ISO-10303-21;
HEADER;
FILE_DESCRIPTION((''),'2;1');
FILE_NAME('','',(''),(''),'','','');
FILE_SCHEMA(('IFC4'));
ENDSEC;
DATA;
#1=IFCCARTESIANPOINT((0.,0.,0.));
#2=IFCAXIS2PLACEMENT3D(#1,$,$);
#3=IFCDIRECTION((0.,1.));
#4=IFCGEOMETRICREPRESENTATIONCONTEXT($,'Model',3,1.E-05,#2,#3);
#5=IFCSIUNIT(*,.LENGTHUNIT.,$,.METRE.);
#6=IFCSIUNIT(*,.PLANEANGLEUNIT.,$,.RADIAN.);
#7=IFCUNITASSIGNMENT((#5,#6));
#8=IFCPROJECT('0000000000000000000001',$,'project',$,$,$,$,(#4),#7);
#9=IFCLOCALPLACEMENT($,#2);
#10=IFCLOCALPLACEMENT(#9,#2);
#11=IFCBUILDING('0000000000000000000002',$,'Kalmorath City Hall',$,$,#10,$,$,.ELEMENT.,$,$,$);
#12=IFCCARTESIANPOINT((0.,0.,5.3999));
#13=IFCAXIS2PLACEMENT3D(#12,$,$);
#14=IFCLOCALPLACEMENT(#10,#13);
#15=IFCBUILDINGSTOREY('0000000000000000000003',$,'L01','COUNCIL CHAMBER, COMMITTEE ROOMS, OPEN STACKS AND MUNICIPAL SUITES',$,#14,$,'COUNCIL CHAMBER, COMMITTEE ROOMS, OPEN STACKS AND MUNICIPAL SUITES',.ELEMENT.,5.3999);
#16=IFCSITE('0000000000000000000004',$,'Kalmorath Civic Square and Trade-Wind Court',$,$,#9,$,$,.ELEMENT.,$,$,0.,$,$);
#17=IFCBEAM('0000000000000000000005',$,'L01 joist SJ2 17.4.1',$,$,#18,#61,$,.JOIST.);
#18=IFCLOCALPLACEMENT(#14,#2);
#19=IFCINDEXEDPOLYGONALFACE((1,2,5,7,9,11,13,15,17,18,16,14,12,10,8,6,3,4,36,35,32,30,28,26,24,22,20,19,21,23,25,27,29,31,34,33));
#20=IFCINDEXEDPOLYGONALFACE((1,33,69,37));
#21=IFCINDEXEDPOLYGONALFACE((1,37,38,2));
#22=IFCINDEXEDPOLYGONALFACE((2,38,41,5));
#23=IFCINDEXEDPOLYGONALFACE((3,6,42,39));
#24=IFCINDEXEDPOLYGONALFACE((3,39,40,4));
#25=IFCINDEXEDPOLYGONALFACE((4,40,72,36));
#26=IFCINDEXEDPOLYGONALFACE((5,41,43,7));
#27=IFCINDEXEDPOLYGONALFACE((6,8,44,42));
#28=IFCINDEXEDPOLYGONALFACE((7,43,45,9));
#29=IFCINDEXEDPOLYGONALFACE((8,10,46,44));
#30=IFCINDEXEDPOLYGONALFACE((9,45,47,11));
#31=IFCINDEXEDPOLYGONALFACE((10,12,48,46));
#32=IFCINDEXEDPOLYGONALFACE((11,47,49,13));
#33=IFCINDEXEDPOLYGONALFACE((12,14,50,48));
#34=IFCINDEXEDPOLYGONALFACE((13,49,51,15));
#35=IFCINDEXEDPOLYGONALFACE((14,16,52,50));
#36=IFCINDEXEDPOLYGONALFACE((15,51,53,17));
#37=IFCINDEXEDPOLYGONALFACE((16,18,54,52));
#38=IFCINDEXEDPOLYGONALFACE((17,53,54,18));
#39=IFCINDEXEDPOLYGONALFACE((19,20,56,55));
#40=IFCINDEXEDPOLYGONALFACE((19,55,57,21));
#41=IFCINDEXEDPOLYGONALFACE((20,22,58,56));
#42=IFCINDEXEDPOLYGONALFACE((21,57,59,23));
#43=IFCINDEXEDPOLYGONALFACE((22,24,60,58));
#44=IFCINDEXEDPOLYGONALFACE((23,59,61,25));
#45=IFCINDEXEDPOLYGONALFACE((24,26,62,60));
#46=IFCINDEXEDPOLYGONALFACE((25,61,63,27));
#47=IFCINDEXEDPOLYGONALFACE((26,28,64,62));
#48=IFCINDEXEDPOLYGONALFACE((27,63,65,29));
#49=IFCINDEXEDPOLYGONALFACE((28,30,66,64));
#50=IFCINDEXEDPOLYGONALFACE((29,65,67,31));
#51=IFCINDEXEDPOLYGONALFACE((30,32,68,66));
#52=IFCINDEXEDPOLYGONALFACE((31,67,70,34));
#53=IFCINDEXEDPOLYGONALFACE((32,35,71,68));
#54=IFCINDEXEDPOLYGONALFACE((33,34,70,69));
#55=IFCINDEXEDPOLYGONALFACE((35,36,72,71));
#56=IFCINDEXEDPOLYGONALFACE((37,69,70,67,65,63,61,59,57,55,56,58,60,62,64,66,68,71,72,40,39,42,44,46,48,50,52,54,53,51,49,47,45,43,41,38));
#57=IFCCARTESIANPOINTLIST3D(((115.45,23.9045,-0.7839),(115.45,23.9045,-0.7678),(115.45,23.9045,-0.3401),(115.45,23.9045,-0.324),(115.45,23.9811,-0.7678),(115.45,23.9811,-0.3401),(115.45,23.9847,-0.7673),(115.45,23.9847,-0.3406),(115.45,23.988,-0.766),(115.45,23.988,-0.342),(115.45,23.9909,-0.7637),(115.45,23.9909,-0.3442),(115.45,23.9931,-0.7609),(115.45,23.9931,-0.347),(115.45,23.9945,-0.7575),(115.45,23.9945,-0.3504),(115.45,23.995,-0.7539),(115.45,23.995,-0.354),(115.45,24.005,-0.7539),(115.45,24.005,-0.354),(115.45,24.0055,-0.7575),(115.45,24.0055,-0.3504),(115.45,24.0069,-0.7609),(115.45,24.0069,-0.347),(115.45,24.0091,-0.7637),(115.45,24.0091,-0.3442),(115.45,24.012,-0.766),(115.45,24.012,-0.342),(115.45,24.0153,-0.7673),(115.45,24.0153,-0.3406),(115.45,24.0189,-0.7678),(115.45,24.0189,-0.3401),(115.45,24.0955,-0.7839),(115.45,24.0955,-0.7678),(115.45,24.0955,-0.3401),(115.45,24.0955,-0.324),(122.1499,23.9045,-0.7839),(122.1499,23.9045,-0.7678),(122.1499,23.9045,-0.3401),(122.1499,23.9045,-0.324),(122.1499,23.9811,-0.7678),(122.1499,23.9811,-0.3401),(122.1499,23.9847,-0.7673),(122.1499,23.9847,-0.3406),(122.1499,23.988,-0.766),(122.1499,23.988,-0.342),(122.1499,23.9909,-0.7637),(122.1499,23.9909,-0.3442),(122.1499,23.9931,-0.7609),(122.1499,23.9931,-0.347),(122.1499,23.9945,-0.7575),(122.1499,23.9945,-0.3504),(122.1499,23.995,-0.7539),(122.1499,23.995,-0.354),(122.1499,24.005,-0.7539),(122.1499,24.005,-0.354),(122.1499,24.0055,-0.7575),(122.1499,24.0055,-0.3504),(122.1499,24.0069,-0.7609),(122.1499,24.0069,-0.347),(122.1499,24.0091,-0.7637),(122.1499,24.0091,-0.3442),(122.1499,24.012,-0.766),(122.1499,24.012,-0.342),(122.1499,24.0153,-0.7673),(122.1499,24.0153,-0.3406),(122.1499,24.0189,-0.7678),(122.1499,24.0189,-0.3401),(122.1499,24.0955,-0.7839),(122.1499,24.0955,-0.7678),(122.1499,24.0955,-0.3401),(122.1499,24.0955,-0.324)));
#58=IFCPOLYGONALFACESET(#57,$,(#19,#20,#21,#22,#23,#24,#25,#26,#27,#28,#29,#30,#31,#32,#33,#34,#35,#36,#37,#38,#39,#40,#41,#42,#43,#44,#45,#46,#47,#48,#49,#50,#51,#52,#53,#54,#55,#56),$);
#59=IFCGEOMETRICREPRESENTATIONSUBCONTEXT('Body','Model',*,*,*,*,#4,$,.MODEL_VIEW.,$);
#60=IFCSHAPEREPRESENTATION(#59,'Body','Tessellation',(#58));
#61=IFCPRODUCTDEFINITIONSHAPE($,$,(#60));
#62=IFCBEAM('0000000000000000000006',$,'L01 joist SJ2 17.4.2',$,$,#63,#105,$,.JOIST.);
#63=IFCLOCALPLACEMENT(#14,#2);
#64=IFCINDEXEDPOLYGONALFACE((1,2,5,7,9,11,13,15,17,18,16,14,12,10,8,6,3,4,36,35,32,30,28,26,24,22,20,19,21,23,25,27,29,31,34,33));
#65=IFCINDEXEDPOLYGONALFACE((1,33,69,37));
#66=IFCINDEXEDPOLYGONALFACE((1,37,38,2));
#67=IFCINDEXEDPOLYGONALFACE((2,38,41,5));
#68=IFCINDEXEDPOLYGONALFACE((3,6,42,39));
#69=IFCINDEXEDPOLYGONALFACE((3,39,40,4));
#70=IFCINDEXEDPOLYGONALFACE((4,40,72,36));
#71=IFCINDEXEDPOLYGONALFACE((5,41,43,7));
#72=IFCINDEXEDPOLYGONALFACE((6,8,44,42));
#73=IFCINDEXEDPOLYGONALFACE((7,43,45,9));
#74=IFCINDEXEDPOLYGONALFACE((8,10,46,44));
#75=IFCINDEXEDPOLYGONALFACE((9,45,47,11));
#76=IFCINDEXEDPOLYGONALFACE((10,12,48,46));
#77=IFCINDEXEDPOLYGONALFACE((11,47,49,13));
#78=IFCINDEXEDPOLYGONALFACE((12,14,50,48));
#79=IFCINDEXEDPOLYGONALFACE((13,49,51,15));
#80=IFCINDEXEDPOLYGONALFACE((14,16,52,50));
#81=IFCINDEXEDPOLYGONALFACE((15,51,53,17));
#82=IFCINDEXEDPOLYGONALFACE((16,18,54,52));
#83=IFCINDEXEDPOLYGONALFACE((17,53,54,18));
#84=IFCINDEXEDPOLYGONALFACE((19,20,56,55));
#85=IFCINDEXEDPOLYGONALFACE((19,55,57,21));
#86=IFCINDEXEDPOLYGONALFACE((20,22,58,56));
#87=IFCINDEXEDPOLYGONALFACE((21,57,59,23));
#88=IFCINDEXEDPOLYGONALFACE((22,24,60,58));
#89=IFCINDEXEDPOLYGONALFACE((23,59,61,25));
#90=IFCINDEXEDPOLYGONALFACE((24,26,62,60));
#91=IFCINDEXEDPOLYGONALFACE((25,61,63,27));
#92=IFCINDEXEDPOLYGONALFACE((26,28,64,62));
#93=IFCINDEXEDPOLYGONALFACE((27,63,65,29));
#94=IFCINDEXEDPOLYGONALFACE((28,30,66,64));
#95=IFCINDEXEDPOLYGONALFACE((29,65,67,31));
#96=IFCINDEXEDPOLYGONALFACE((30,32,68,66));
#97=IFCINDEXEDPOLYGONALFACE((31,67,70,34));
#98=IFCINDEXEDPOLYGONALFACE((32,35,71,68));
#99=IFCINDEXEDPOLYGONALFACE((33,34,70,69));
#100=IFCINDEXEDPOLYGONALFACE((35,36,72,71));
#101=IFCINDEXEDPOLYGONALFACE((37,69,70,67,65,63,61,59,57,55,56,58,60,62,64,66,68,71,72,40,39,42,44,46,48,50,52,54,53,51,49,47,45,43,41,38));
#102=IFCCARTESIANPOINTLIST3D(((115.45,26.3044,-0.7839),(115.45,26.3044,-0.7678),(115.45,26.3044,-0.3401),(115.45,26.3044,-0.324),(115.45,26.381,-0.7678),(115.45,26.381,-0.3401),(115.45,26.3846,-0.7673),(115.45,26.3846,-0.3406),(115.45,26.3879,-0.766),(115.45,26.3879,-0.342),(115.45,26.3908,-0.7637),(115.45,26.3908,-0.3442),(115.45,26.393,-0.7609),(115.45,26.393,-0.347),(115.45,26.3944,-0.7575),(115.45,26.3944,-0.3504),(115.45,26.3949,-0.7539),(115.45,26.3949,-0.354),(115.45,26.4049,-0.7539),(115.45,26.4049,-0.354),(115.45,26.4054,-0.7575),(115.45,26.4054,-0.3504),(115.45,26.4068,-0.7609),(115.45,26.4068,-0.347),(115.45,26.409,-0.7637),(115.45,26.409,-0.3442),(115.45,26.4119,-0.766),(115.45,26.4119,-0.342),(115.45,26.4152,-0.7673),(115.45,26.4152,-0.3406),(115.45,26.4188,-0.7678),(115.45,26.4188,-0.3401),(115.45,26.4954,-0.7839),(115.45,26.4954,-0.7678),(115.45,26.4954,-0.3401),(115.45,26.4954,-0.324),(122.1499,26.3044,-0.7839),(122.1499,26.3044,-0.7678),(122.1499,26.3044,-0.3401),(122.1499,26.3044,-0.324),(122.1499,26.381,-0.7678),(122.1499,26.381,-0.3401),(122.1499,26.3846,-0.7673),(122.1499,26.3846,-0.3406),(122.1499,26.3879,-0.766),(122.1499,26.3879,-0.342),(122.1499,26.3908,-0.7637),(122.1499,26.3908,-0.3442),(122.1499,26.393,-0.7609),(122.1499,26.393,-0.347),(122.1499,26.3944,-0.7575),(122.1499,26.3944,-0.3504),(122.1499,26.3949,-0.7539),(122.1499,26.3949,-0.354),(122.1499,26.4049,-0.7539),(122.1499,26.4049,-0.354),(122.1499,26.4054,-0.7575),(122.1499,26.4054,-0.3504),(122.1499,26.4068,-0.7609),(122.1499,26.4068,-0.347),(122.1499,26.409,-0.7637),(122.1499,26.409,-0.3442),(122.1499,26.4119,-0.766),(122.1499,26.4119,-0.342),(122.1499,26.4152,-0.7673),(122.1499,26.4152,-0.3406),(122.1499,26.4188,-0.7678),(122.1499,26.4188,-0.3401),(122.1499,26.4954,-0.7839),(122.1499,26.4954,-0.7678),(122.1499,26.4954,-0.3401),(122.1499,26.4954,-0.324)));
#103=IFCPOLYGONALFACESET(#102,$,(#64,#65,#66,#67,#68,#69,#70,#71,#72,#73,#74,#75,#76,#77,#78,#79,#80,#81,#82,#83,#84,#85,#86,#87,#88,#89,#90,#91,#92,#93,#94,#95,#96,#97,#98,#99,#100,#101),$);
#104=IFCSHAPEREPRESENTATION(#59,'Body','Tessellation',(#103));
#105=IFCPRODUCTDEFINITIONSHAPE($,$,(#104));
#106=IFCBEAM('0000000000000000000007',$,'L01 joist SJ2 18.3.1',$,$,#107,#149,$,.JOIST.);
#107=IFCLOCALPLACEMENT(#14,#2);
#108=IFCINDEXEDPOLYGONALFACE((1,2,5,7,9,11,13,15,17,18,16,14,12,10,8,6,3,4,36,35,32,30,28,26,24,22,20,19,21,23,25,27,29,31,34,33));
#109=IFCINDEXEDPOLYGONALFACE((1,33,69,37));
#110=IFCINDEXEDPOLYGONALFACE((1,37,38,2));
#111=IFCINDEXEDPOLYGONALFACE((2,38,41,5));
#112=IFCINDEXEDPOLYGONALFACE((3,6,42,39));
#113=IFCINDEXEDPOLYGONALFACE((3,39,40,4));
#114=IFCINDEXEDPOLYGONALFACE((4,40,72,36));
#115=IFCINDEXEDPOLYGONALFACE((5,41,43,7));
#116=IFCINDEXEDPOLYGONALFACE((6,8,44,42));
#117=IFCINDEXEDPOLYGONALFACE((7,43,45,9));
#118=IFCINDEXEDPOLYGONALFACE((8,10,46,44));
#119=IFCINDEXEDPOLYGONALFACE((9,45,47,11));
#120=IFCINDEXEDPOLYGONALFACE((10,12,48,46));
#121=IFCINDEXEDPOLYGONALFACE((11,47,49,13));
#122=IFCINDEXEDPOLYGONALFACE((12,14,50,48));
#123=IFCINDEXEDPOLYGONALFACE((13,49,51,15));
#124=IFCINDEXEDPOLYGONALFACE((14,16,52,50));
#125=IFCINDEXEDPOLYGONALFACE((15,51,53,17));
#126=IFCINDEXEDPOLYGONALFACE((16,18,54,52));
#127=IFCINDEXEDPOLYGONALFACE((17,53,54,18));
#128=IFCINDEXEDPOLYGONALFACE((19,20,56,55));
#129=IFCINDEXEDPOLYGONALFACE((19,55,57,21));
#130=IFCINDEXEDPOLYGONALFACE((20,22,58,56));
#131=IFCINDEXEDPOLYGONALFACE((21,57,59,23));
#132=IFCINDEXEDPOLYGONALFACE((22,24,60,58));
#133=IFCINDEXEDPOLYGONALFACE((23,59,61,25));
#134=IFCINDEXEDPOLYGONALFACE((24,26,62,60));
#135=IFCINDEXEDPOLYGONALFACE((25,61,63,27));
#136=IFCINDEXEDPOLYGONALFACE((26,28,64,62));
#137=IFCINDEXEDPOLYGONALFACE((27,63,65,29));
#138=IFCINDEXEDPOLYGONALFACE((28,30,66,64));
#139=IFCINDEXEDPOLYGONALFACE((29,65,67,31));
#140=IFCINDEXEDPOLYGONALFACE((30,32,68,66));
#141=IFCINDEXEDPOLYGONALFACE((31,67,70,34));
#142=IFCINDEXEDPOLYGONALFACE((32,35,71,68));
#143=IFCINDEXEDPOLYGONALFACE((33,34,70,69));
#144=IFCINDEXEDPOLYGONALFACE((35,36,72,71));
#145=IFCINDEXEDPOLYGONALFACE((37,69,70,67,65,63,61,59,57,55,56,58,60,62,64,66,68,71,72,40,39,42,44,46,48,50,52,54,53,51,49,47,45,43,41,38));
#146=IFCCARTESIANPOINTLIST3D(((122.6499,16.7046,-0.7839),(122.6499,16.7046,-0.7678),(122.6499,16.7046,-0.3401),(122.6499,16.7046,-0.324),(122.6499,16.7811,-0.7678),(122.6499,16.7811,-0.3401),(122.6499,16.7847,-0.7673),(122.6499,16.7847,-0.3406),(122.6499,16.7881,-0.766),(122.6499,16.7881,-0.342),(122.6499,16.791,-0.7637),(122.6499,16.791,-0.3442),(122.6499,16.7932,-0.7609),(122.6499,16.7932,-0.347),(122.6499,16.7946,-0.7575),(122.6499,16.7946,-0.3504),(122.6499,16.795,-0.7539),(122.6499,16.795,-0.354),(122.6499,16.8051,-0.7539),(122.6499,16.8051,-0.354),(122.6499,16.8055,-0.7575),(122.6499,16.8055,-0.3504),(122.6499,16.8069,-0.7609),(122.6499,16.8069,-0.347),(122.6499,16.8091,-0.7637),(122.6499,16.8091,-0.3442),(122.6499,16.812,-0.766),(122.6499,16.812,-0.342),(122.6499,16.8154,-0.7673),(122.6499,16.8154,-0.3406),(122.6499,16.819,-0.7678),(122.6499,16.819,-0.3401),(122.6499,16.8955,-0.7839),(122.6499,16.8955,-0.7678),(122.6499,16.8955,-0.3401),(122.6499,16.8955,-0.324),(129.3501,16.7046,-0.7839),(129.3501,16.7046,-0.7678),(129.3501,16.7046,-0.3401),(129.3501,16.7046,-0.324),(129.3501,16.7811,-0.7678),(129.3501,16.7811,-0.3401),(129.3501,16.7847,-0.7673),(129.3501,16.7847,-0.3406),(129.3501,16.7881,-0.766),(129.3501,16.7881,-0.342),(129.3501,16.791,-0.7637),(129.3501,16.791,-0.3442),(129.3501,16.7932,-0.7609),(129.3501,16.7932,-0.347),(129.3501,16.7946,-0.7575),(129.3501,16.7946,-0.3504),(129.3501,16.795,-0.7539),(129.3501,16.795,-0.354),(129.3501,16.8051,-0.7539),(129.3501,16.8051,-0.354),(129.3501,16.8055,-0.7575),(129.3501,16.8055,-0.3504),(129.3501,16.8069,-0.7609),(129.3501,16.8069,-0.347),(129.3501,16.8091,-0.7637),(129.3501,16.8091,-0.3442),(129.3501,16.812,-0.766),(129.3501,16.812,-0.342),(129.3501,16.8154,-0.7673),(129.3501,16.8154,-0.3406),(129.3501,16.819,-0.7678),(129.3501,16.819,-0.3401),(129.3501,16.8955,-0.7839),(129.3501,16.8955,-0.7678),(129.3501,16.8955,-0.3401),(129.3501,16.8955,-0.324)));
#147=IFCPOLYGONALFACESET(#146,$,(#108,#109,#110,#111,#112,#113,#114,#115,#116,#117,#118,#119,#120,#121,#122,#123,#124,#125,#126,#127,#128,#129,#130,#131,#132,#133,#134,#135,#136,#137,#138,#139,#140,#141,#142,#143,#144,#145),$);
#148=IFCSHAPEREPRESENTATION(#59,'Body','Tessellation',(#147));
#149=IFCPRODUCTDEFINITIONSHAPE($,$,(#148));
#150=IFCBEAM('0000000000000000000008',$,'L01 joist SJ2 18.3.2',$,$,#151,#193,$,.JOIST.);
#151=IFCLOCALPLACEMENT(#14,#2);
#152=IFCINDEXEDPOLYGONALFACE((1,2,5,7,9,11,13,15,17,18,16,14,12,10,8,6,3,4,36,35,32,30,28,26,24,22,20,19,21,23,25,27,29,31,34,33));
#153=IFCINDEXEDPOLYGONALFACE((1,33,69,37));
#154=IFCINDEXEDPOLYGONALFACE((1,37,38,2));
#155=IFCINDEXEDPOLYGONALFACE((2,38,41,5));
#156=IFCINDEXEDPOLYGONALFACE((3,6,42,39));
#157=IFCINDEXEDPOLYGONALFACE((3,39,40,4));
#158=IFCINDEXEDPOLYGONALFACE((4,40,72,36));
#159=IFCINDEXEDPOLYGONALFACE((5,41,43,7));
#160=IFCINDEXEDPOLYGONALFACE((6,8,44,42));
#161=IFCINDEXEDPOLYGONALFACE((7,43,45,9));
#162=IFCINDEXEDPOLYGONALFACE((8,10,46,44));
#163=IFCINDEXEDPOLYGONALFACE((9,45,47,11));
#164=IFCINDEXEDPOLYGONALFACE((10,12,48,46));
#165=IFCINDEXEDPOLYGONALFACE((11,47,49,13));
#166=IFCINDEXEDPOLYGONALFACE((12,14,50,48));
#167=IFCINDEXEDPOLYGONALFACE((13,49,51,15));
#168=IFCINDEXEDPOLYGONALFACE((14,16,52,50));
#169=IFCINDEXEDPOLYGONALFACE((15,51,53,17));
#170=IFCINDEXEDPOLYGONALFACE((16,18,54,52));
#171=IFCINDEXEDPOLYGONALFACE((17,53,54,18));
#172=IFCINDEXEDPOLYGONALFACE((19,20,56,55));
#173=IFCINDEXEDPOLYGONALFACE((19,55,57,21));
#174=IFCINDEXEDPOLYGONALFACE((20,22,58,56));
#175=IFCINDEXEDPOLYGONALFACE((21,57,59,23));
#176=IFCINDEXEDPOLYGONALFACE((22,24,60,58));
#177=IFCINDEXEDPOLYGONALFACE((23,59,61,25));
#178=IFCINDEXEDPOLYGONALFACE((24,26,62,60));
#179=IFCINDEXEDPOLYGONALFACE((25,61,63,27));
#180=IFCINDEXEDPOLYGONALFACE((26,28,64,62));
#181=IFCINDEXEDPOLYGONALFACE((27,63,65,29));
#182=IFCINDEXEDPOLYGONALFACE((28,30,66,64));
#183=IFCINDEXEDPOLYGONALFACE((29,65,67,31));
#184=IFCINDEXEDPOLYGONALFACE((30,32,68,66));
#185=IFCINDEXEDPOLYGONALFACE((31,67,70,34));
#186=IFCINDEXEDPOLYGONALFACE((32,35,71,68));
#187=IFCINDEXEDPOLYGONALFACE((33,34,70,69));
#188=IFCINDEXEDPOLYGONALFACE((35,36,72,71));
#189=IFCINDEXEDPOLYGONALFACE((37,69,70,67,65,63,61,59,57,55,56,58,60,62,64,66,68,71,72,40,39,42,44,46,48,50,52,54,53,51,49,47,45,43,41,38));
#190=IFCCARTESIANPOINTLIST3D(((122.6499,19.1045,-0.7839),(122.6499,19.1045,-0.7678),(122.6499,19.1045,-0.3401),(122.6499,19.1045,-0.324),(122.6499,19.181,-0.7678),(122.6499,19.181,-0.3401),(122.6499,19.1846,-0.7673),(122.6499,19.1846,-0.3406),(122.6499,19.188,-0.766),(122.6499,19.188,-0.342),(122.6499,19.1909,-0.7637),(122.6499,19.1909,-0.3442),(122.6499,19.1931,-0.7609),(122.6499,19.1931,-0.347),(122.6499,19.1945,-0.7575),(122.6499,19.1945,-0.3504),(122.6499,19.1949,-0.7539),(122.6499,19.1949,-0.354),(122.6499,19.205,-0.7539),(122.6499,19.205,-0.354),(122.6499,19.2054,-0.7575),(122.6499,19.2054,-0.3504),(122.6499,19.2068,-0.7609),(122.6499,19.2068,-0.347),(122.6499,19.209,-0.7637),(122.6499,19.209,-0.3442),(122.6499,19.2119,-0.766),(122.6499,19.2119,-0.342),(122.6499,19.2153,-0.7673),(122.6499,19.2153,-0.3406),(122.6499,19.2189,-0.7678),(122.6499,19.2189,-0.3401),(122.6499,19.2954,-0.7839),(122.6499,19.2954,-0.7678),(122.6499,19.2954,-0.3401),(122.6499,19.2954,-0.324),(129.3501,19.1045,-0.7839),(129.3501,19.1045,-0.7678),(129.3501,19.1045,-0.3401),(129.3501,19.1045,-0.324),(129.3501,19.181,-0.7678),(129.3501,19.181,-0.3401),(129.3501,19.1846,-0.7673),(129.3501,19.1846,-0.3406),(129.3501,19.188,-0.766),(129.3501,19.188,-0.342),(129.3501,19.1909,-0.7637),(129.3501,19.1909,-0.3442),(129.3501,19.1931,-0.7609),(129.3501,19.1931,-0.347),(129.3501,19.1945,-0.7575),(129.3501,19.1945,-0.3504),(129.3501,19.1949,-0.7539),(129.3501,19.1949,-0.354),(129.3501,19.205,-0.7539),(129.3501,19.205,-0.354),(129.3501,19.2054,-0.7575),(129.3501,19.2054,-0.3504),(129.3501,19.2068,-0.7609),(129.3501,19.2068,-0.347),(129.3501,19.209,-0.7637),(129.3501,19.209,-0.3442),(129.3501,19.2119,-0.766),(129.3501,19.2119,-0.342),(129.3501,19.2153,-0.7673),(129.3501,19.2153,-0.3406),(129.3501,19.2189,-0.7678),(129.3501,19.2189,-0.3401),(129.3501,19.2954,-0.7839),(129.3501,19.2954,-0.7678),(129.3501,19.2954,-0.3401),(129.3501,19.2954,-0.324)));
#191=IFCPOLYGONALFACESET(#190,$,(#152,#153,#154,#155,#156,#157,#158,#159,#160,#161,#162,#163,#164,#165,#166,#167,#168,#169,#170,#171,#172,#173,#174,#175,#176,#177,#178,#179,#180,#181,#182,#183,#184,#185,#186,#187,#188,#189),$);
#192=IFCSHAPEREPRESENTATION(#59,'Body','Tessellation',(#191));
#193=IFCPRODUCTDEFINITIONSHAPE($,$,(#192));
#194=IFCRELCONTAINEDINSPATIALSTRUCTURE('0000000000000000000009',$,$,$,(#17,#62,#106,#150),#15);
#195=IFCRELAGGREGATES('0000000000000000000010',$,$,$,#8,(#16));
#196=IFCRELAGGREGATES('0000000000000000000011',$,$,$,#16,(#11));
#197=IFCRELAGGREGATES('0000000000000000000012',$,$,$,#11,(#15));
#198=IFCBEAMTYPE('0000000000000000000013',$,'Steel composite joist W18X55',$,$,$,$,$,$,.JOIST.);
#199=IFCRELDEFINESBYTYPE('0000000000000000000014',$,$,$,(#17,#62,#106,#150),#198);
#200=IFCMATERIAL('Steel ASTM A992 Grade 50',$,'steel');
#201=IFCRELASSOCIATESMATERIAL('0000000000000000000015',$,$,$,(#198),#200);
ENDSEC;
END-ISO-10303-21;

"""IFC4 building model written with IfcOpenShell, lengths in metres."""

from ifc_helpers import new_model, si_unit, direction, frame, origin, origin_2d, place, context, subcontext, project, spatial, i_section, extrude, material, material_profile, profile_set, type_object, element, save


model = new_model("IFC4")

# Units and contexts
model_context = context("Model", 3, precision=1e-05, world=origin(), true_north=direction((0.0, 1.0)))
body_context = subcontext(model_context, "Body", "Model", "MODEL_VIEW")
ifc_project = project(units=[si_unit("LENGTHUNIT", "METRE"), si_unit("PLANEANGLEUNIT", "RADIAN")], contexts=[model_context])

# Site, building, storey
site_placement = place(None, origin())
site = spatial("IfcSite", under=ifc_project, at=site_placement, Name="Kalmorath Civic Square and Trade-Wind Court", CompositionType="ELEMENT", RefElevation=0.0)
building_placement = place(site_placement, origin())
building = spatial("IfcBuilding", under=site, at=building_placement, Name="Kalmorath City Hall", CompositionType="ELEMENT")
storey_placement = place(building_placement, frame((0.0, 0.0, 5.3999)))
storey = spatial("IfcBuildingStorey", under=building, at=storey_placement, Name="L01", Description="COUNCIL CHAMBER, COMMITTEE ROOMS, OPEN STACKS AND MUNICIPAL SUITES", LongName="COUNCIL CHAMBER, COMMITTEE ROOMS, OPEN STACKS AND MUNICIPAL SUITES", CompositionType="ELEMENT", Elevation=5.3999)

# Beams
ifc_material_1 = material(Name="Steel ASTM A992 Grade 50", Category="steel")
ifc_material_profile_1 = material_profile(ifc_material_1, i_section(OverallWidth=0.1909, OverallDepth=0.46, WebThickness=0.01, FlangeThickness=0.0161, FilletRadius=0.0139, at=origin_2d()), Name="W18X55")
ifc_profile_set_1 = profile_set([ifc_material_profile_1], Name="Steel ASTM A992 Grade 50")
beam_type_1 = type_object("IfcBeamType", Name="Steel composite joist W18X55", PredefinedType="JOIST", material=ifc_profile_set_1)
for number, where, z_axis, x_axis, name in (
    (1, (115.45, 24.0, -0.554), (1.0, 0.0, 0.0), (0.0, 1.0, 0.0), "L01 joist SJ2 17.4.1"),
    (2, (115.45, 26.3999, -0.554), (1.0, 0.0, 0.0), (0.0, 1.0, 0.0), "L01 joist SJ2 17.4.2"),
):
    element("IfcBeam", number, at=place(storey_placement, frame(where, z_axis=z_axis, x_axis=x_axis)), inside=storey, type_object=beam_type_1, Name=name, PredefinedType="JOIST", context=body_context, shape_type="SweptSolid", body=[
        extrude(i_section(OverallWidth=0.1909, OverallDepth=0.46, WebThickness=0.01, FlangeThickness=0.0161, FilletRadius=0.0139, at=origin_2d()), origin(), (0.0, 0.0, 1.0), 6.7),
    ])
for number, where, z_axis, x_axis, name in (
    (3, (122.6499, 16.8, -0.554), (1.0, 0.0, 0.0), (0.0, 1.0, 0.0), "L01 joist SJ2 18.3.1"),
    (4, (122.6499, 19.2, -0.554), (1.0, 0.0, 0.0), (0.0, 1.0, 0.0), "L01 joist SJ2 18.3.2"),
):
    element("IfcBeam", number, at=place(storey_placement, frame(where, z_axis=z_axis, x_axis=x_axis)), inside=storey, type_object=beam_type_1, Name=name, PredefinedType="JOIST", context=body_context, shape_type="SweptSolid", body=[
        extrude(i_section(OverallWidth=0.1909, OverallDepth=0.46, WebThickness=0.01, FlangeThickness=0.0161, FilletRadius=0.0139, at=origin_2d()), origin(), (0.0, 0.0, 1.0), 6.7002),
    ])

save(model, "model.ifc")
